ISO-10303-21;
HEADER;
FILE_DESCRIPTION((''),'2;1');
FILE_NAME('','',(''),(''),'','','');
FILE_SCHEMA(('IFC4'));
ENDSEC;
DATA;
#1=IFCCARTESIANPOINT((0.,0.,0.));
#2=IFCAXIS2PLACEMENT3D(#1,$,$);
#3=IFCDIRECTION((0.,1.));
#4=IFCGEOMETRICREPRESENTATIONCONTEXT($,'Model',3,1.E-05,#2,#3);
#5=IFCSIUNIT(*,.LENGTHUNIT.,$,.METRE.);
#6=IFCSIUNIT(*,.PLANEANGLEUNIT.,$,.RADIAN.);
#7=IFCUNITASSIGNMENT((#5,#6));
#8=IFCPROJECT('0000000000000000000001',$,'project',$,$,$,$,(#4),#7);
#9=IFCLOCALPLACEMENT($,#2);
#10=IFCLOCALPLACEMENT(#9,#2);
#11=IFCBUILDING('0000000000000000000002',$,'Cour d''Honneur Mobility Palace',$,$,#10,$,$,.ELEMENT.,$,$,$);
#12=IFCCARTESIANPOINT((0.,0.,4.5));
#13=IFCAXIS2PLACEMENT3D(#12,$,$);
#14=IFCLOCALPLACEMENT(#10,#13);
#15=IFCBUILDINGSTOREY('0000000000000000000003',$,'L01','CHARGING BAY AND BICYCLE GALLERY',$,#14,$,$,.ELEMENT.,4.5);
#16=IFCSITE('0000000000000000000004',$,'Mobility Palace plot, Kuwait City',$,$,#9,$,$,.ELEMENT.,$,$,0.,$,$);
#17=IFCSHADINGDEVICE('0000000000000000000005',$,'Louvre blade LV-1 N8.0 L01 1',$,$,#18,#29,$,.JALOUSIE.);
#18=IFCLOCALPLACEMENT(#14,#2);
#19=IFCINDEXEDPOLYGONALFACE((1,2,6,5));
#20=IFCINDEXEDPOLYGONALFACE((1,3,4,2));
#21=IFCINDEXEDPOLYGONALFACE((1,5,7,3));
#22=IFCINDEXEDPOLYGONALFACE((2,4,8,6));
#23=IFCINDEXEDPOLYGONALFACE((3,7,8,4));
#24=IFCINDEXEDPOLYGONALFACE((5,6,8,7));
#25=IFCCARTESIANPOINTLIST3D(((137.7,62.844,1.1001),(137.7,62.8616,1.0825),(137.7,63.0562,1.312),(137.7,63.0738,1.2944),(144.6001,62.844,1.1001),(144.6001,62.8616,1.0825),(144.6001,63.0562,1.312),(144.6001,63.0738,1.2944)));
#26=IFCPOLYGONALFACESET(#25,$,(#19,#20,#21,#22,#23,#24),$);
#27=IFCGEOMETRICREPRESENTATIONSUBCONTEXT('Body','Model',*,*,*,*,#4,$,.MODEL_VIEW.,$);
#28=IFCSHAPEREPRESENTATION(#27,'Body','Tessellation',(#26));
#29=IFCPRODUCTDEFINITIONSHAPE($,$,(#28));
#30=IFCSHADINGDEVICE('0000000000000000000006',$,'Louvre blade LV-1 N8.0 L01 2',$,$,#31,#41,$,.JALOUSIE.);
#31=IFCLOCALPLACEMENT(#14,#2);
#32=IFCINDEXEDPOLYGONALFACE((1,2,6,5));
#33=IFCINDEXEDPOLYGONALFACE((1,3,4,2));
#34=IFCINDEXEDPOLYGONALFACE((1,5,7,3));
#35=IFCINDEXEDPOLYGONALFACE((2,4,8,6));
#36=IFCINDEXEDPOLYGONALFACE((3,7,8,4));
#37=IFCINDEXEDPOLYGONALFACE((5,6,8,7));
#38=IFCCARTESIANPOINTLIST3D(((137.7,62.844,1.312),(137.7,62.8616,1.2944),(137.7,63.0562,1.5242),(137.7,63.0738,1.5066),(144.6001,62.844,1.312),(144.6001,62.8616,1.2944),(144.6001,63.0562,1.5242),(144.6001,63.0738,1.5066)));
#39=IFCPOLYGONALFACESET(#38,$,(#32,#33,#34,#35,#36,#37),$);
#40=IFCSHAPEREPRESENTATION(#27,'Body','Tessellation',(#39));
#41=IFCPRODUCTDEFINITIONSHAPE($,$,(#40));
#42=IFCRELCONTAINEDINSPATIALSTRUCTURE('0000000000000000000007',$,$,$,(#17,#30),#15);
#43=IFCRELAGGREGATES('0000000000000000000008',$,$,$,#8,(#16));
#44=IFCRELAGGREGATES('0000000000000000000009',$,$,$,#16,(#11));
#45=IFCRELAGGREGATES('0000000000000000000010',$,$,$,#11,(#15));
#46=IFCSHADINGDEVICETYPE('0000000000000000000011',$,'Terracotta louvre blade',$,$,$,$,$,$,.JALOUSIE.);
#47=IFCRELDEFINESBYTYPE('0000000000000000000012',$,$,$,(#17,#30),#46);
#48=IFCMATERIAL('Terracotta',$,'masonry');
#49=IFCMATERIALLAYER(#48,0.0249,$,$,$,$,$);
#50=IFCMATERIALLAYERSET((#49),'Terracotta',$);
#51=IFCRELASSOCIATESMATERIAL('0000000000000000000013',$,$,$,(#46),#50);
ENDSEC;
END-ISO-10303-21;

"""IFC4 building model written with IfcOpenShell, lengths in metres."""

from ifc_helpers import new_model, si_unit, direction, frame, origin, place, context, subcontext, project, spatial, polyline, outline, extrude, material, layer, layer_set, type_object, element, save


model = new_model("IFC4")

# Units and contexts
model_context = context("Model", 3, precision=1e-05, world=origin(), true_north=direction((0.0, 1.0)))
body_context = subcontext(model_context, "Body", "Model", "MODEL_VIEW")
ifc_project = project(units=[si_unit("LENGTHUNIT", "METRE"), si_unit("PLANEANGLEUNIT", "RADIAN")], contexts=[model_context])

# Site, building, storey
site_placement = place(None, origin())
site = spatial("IfcSite", under=ifc_project, at=site_placement, Name="Mobility Palace plot, Kuwait City", CompositionType="ELEMENT", RefElevation=0.0)
building_placement = place(site_placement, origin())
building = spatial("IfcBuilding", under=site, at=building_placement, Name="Cour d'Honneur Mobility Palace", CompositionType="ELEMENT")
storey_placement = place(building_placement, frame((0.0, 0.0, 4.5)))
storey = spatial("IfcBuildingStorey", under=building, at=storey_placement, Name="L01", Description="CHARGING BAY AND BICYCLE GALLERY", CompositionType="ELEMENT", Elevation=4.5)

# Shading devices
ifc_material_1 = material(Name="Terracotta", Category="masonry")
ifc_layer_1 = layer(ifc_material_1, 0.0249)
ifc_layer_set_1 = layer_set([ifc_layer_1], Name="Terracotta")
shading_device_type = type_object("IfcShadingDeviceType", Name="Terracotta louvre blade", PredefinedType="JALOUSIE", material=ifc_layer_set_1)
shading_device_1_placement = place(storey_placement, frame((144.6001, 62.844, 1.1001), z_axis=(0.0, -0.7067, 0.707514), x_axis=(-1.0, 0.0, 0.0)))
element("IfcShadingDevice", 1, at=shading_device_1_placement, inside=storey, type_object=shading_device_type, Name="Louvre blade LV-1 N8.0 L01 1", PredefinedType="JALOUSIE", context=body_context, shape_type="SweptSolid", body=[
    extrude(outline(polyline([(0.0, 0.0), (6.9001, 0.0), (6.9001, -0.2999), (0.0, -0.2999), (0.0, 0.0)])), origin(), (0.0, 0.0, -1.0), 0.0249),
])
shading_device_2_placement = place(storey_placement, frame((144.6001, 62.844, 1.312), z_axis=(0.0, -0.707107, 0.707107), x_axis=(-1.0, 0.0, 0.0)))
element("IfcShadingDevice", 2, at=shading_device_2_placement, inside=storey, type_object=shading_device_type, Name="Louvre blade LV-1 N8.0 L01 2", PredefinedType="JALOUSIE", context=body_context, shape_type="SweptSolid", body=[
    extrude(outline(polyline([(0.0, 0.0), (6.9001, 0.0), (6.9001, -0.3), (0.0, -0.3), (0.0, 0.0)])), origin(), (0.0, 0.0, -1.0), 0.0249),
])

save(model, "model.ifc")
